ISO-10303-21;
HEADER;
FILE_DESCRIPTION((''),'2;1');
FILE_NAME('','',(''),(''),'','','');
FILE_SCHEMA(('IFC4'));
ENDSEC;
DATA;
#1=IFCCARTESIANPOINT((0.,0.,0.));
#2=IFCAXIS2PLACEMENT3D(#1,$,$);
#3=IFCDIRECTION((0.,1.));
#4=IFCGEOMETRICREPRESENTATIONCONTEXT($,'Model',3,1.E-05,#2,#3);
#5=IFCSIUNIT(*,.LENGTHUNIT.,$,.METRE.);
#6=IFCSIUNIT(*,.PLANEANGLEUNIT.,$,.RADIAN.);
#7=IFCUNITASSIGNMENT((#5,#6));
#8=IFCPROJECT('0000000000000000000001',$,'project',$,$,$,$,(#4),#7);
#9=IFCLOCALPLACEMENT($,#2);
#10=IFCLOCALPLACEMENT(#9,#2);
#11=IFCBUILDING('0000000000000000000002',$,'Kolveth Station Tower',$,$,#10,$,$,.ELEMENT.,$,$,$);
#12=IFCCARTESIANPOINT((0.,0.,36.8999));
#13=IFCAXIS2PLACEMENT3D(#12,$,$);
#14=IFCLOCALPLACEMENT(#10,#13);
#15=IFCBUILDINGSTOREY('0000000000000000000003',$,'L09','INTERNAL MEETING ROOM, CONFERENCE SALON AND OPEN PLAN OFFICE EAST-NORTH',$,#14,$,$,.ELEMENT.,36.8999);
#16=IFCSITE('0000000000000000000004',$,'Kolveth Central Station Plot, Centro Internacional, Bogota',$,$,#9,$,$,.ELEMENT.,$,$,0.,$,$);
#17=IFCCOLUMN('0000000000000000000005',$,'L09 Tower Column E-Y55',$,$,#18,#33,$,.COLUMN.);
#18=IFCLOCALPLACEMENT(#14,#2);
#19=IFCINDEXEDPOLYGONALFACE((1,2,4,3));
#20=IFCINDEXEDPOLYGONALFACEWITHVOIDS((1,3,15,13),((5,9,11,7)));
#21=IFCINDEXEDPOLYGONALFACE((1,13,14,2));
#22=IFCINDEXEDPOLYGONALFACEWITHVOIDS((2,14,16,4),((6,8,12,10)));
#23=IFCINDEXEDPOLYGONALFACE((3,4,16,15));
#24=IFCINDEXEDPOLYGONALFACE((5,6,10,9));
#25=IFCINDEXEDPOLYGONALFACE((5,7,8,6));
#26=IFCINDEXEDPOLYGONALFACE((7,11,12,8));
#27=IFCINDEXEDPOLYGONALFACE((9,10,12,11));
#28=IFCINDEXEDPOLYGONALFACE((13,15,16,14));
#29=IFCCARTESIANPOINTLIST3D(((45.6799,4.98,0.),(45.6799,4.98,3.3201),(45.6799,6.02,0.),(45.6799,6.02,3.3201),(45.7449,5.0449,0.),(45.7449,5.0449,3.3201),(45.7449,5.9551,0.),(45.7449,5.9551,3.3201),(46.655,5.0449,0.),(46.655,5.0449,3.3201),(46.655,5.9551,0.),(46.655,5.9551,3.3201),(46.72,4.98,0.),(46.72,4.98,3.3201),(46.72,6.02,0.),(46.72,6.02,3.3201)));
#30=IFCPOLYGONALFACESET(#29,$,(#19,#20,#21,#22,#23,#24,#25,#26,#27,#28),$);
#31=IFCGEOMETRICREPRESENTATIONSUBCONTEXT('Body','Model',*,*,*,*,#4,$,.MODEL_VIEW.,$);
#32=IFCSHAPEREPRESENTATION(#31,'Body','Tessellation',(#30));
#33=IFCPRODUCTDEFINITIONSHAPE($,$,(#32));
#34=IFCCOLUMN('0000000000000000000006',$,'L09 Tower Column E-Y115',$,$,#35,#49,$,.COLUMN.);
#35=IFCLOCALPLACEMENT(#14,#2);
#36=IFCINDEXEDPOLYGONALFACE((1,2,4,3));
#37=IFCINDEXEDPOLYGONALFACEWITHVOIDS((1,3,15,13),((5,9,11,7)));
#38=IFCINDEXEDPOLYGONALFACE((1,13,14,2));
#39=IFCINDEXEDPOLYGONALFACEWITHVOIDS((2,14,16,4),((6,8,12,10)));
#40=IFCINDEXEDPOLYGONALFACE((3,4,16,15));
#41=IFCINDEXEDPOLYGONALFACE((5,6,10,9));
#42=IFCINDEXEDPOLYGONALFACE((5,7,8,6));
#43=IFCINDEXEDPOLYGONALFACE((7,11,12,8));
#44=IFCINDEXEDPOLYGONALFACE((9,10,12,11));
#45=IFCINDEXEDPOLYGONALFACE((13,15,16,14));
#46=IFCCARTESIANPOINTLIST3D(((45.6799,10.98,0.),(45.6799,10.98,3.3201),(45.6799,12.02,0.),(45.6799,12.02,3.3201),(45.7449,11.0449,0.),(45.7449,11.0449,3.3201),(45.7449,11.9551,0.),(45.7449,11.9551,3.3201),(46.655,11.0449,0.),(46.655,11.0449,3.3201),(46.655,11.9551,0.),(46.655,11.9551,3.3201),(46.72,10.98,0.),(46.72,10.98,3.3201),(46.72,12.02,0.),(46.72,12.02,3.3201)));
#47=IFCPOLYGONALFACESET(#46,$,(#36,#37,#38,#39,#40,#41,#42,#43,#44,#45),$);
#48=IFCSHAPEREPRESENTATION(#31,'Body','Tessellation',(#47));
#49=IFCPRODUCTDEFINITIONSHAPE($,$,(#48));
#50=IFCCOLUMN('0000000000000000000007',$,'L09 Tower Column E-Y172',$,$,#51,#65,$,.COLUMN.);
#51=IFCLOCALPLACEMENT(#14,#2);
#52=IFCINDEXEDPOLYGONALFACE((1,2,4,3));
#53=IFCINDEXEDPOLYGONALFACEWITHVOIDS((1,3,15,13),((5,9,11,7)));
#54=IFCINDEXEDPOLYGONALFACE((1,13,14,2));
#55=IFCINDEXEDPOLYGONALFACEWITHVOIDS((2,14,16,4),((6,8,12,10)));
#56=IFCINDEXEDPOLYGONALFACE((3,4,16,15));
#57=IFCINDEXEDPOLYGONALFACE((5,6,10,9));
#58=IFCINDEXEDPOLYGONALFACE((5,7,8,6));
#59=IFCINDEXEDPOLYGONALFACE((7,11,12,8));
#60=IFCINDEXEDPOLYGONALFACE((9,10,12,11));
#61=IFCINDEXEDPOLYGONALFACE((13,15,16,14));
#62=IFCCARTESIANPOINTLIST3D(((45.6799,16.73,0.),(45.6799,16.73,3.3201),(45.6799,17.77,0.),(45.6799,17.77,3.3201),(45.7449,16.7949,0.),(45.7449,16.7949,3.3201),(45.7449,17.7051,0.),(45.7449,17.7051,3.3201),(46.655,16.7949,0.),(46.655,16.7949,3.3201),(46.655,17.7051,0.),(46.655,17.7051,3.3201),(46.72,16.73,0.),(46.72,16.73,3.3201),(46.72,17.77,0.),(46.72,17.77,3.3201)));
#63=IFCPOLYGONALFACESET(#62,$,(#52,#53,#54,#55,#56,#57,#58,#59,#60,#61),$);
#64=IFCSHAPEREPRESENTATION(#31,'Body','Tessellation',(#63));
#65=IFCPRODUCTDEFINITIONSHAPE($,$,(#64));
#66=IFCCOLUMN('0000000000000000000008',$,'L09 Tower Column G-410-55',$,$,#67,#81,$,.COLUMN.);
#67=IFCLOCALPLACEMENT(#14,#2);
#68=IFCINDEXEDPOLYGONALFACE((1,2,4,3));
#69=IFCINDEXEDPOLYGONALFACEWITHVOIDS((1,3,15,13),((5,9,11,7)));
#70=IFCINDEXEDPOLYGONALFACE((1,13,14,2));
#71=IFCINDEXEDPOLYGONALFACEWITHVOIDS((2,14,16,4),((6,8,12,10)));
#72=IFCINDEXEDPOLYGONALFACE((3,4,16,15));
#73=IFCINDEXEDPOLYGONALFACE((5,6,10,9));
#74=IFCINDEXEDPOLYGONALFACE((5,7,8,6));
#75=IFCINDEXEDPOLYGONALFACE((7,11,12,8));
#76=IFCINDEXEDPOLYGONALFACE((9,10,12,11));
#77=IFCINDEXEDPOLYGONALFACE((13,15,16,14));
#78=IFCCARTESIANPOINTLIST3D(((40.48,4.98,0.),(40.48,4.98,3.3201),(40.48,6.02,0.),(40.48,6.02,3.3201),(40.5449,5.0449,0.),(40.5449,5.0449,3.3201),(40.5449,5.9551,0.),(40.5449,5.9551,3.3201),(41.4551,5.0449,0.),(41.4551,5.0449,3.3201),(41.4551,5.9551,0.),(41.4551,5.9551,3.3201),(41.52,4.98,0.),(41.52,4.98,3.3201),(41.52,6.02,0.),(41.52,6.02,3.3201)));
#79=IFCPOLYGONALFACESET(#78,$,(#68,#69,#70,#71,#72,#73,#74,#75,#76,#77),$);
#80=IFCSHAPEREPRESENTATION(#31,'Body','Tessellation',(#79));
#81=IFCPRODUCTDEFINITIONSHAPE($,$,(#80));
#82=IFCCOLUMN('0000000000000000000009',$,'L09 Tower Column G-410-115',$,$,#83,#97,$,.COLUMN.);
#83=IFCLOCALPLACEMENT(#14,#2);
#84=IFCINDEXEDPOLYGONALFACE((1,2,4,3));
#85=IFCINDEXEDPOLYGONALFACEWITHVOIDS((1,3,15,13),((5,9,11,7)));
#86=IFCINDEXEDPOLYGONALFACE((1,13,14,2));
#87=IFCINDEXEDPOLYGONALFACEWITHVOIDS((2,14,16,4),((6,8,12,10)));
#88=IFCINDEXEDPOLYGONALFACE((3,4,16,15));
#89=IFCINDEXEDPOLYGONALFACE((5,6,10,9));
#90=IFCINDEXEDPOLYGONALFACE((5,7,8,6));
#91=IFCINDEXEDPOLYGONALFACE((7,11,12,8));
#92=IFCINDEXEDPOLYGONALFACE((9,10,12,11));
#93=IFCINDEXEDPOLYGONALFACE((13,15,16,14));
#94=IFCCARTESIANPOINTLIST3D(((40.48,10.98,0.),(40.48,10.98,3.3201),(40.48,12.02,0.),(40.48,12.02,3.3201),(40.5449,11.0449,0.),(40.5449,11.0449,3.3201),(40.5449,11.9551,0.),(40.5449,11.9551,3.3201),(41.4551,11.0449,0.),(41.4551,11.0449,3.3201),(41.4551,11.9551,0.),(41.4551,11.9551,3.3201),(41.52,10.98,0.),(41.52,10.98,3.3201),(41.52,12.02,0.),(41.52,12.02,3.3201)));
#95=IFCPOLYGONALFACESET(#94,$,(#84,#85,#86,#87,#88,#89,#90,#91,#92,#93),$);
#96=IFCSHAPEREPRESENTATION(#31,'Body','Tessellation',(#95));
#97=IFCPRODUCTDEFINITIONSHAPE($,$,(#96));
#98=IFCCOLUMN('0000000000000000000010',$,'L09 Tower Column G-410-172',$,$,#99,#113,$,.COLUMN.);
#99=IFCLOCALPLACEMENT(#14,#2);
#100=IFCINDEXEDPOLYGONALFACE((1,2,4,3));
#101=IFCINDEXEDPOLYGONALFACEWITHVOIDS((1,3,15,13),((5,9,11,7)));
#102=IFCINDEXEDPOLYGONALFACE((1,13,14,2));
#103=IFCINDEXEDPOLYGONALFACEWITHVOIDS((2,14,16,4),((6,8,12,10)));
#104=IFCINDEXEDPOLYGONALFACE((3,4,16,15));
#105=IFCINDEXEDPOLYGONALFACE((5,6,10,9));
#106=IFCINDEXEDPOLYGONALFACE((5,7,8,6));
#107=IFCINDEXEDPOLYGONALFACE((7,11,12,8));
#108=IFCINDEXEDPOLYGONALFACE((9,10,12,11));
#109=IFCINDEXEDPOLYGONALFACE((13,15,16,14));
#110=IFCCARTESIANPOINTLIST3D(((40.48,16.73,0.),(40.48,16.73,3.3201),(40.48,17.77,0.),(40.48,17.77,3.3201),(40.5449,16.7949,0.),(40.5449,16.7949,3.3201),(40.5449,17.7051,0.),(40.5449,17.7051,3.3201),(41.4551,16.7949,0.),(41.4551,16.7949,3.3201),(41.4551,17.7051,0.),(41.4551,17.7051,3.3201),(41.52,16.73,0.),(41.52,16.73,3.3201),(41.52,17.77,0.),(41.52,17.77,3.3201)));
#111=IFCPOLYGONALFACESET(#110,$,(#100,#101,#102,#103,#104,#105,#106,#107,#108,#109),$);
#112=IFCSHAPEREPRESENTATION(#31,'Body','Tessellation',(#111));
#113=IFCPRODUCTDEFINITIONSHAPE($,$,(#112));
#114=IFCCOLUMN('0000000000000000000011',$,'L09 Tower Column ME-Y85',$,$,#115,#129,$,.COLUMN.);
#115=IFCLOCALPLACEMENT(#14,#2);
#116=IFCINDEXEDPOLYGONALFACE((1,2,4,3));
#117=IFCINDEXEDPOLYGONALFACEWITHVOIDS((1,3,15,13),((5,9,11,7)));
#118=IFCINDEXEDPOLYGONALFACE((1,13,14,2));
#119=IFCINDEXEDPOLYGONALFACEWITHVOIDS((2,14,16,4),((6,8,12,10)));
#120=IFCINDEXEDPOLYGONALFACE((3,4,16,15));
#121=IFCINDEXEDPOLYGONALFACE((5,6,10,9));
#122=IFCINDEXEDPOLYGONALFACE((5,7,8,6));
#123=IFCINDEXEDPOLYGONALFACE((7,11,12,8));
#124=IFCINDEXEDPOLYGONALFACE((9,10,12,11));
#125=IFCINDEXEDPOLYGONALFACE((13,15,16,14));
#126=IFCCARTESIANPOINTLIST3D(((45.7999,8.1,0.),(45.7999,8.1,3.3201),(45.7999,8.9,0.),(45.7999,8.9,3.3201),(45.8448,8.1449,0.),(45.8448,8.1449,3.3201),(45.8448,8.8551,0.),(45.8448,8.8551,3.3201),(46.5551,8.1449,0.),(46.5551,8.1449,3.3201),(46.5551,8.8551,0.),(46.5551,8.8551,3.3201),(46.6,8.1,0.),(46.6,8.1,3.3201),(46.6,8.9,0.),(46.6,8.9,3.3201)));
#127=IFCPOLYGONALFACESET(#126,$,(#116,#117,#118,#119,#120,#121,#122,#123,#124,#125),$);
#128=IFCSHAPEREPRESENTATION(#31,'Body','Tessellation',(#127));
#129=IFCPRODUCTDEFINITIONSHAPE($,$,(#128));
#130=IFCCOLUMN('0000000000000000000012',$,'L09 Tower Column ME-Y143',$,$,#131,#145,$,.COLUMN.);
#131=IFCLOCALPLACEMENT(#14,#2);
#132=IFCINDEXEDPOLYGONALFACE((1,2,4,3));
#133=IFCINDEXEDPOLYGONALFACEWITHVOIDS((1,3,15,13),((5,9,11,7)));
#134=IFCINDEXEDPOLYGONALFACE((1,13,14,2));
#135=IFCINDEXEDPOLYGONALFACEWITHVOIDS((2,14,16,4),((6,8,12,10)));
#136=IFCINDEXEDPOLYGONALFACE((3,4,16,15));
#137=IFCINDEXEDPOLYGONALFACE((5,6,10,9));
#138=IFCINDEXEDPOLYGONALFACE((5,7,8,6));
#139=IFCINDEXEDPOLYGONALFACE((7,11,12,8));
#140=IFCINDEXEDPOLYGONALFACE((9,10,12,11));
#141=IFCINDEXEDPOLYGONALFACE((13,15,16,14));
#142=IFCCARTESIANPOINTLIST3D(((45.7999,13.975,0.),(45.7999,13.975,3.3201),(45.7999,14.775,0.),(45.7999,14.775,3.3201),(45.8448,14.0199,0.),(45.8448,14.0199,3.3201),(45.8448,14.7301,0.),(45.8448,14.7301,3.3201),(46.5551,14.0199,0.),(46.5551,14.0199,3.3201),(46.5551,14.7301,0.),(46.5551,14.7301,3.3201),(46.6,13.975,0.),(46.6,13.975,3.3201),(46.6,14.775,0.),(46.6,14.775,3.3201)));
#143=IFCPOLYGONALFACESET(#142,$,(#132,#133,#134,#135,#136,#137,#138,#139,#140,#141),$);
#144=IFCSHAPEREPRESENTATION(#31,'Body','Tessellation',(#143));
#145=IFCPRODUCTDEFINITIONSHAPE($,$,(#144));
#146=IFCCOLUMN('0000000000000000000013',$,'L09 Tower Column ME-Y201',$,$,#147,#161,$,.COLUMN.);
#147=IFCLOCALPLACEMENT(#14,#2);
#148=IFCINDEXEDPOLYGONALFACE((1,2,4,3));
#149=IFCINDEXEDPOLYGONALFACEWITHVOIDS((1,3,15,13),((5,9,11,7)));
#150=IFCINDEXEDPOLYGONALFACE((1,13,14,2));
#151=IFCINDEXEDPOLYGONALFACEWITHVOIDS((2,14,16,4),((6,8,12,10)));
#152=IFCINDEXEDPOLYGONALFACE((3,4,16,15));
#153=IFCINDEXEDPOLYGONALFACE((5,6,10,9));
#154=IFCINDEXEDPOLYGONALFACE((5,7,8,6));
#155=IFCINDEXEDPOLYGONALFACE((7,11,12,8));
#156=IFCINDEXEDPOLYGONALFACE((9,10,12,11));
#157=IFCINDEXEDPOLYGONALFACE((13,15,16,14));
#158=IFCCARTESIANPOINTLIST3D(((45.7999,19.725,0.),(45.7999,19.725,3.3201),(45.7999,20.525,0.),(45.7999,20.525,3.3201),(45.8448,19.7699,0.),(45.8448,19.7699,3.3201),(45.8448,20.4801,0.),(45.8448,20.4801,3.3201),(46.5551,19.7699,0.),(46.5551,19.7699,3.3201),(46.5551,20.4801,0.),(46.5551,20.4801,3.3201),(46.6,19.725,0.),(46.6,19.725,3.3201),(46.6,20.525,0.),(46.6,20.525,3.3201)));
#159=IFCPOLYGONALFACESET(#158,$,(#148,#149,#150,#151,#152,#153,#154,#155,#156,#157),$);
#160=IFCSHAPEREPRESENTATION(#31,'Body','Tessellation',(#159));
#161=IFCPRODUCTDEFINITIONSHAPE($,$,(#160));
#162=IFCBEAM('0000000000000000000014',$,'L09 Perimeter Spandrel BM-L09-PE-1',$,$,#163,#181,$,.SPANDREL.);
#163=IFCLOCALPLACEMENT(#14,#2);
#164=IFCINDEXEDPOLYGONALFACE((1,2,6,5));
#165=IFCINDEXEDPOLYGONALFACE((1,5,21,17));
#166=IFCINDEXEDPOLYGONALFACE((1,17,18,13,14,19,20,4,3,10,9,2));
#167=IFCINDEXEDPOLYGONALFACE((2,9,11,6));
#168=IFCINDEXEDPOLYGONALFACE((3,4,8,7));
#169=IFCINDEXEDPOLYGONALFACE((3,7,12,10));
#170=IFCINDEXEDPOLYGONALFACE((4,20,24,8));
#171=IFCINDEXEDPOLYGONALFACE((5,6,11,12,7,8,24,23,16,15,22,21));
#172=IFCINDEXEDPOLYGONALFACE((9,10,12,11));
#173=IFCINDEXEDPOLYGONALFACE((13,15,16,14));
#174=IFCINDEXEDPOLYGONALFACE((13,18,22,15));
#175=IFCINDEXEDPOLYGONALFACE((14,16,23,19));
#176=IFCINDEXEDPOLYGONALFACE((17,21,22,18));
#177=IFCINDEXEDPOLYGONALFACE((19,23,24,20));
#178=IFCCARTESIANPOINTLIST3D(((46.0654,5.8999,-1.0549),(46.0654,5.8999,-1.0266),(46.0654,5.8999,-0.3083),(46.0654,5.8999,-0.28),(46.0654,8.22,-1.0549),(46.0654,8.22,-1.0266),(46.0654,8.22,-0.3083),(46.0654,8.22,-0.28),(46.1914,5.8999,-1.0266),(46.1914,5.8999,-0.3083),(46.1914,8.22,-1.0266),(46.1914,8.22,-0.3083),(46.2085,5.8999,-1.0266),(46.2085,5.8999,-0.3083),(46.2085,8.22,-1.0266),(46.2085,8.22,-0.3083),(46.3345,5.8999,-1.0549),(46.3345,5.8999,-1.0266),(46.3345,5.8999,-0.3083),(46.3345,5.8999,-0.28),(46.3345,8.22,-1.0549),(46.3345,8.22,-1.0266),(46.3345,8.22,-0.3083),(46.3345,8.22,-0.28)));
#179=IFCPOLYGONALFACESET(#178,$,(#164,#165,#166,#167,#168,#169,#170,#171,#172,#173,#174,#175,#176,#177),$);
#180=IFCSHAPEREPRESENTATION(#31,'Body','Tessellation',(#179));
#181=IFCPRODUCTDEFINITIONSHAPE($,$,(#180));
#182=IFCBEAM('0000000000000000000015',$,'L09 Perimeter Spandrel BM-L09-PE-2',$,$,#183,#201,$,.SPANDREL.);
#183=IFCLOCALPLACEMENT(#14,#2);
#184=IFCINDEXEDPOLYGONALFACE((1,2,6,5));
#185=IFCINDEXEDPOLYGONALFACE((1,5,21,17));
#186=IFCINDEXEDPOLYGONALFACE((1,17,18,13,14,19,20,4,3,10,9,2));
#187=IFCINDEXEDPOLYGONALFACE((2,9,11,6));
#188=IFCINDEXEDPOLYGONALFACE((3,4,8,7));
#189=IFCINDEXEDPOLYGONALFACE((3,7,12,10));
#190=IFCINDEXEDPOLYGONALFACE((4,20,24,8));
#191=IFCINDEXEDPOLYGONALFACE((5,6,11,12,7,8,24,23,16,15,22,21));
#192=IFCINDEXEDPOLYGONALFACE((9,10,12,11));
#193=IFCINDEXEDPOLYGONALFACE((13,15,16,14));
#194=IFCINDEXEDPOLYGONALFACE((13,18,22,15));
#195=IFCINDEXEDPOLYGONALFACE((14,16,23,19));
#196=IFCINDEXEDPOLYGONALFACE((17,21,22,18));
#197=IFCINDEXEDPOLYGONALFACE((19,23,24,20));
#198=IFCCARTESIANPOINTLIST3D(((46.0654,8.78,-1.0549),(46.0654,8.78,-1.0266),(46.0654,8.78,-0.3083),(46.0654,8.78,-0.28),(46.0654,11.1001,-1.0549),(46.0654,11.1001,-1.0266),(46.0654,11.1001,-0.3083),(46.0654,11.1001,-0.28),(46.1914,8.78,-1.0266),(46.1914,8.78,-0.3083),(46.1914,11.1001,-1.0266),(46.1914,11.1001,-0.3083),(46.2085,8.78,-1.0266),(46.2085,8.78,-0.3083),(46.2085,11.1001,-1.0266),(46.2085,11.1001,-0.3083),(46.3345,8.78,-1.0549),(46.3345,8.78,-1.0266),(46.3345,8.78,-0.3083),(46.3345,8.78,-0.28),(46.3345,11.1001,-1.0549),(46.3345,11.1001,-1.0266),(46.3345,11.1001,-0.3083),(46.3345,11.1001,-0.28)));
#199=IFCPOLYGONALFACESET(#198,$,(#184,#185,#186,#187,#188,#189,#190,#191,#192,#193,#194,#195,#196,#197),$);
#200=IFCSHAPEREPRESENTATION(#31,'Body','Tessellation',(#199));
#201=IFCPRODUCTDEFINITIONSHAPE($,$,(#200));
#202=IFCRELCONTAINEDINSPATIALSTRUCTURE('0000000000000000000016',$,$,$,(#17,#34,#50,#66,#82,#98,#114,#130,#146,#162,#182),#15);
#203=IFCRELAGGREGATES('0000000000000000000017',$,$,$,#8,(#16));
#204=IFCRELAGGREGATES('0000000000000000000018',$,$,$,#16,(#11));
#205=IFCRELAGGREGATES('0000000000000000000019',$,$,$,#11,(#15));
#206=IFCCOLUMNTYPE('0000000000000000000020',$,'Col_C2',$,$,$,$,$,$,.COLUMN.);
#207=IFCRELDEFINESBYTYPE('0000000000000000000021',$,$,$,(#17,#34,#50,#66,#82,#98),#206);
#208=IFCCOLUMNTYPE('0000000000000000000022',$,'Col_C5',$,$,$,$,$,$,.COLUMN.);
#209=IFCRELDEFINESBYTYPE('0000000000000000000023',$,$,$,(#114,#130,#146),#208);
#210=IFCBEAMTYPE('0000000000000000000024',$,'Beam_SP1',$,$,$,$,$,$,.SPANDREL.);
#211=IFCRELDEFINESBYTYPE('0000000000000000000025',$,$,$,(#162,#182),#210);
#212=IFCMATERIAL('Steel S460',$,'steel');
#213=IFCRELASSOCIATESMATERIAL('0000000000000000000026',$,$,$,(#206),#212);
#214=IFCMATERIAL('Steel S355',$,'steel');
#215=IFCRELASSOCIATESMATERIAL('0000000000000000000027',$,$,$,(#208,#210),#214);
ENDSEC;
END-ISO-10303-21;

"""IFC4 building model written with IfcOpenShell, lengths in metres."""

from ifc_helpers import new_model, si_unit, direction, frame, origin, origin_2d, place, context, subcontext, project, spatial, hollow_rectangle, i_section, extrude, source, transform, mapped, material, material_profile, profile_set, type_object, element, save


model = new_model("IFC4")

# Units and contexts
model_context = context("Model", 3, precision=1e-05, world=origin(), true_north=direction((0.0, 1.0)))
body_context = subcontext(model_context, "Body", "Model", "MODEL_VIEW")
ifc_project = project(units=[si_unit("LENGTHUNIT", "METRE"), si_unit("PLANEANGLEUNIT", "RADIAN")], contexts=[model_context])

# Site, building, storey
site_placement = place(None, origin())
site = spatial("IfcSite", under=ifc_project, at=site_placement, Name="Kolveth Central Station Plot, Centro Internacional, Bogota", CompositionType="ELEMENT", RefElevation=0.0)
building_placement = place(site_placement, origin())
building = spatial("IfcBuilding", under=site, at=building_placement, Name="Kolveth Station Tower", CompositionType="ELEMENT")
storey_placement = place(building_placement, frame((0.0, 0.0, 36.8999)))
storey = spatial("IfcBuildingStorey", under=building, at=storey_placement, Name="L09", Description="INTERNAL MEETING ROOM, CONFERENCE SALON AND OPEN PLAN OFFICE EAST-NORTH", CompositionType="ELEMENT", Elevation=36.8999)

# Columns
ifc_material_1 = material(Name="Steel S460", Category="steel")
ifc_material_profile_1 = material_profile(ifc_material_1, hollow_rectangle(XDim=1.04, YDim=1.04, WallThickness=0.0649, at=origin_2d()), Name="BOX1040x1040x65")
ifc_profile_set_1 = profile_set([ifc_material_profile_1], Name="Steel S460")
column_type_1 = type_object("IfcColumnType", Name="Col_C2", PredefinedType="COLUMN", material=ifc_profile_set_1)
shared_shape_1 = source(origin(), body_context, "Body", "SweptSolid", [
    extrude(hollow_rectangle(XDim=1.04, YDim=1.04, WallThickness=0.0649, at=origin_2d()), origin(), (0.0, 0.0, 1.0), 3.3201),
])
for number, where, z_axis, x_axis, name in (
    (1, (46.2, 5.5, 0.0), (0.0, 0.0, 1.0), (1.0, 0.0, 0.0), "L09 Tower Column E-Y55"),
    (2, (46.2, 11.5, 0.0), (0.0, 0.0, 1.0), (1.0, 0.0, 0.0), "L09 Tower Column E-Y115"),
    (3, (46.2, 17.25, 0.0), (0.0, 0.0, 1.0), (1.0, 0.0, 0.0), "L09 Tower Column E-Y172"),
    (4, (41.0, 5.5, 0.0), (0.0, 0.0, 1.0), (1.0, 0.0, 0.0), "L09 Tower Column G-410-55"),
    (5, (41.0, 11.5, 0.0), (0.0, 0.0, 1.0), (1.0, 0.0, 0.0), "L09 Tower Column G-410-115"),
    (6, (41.0, 17.25, 0.0), (0.0, 0.0, 1.0), (1.0, 0.0, 0.0), "L09 Tower Column G-410-172"),
):
    element("IfcColumn", number, at=place(storey_placement, frame(where, z_axis=z_axis, x_axis=x_axis)), inside=storey, type_object=column_type_1, Name=name, PredefinedType="COLUMN", context=body_context, shape_type="MappedRepresentation", body=[
        mapped(shared_shape_1, transform((0.0, 0.0, 0.0), x_axis=(1.0, 0.0, 0.0), y_axis=(0.0, 1.0, 0.0), z_axis=(0.0, 0.0, 1.0), scale=1.0)),
    ])
ifc_material_2 = material(Name="Steel S355", Category="steel")
ifc_material_profile_2 = material_profile(ifc_material_2, hollow_rectangle(XDim=0.8, YDim=0.8, WallThickness=0.0449, at=origin_2d()), Name="BOX800x800x45")
ifc_profile_set_2 = profile_set([ifc_material_profile_2], Name="Steel S355")
column_type_2 = type_object("IfcColumnType", Name="Col_C5", PredefinedType="COLUMN", material=ifc_profile_set_2)
shared_shape_2 = source(origin(), body_context, "Body", "SweptSolid", [
    extrude(hollow_rectangle(XDim=0.8, YDim=0.8, WallThickness=0.0449, at=origin_2d()), origin(), (0.0, 0.0, 1.0), 3.3201),
])
for number, where, z_axis, x_axis, name in (
    (7, (46.2, 8.5, 0.0), (0.0, 0.0, 1.0), (1.0, 0.0, 0.0), "L09 Tower Column ME-Y85"),
    (8, (46.2, 14.375, 0.0), (0.0, 0.0, 1.0), (1.0, 0.0, 0.0), "L09 Tower Column ME-Y143"),
    (9, (46.2, 20.125, 0.0), (0.0, 0.0, 1.0), (1.0, 0.0, 0.0), "L09 Tower Column ME-Y201"),
):
    element("IfcColumn", number, at=place(storey_placement, frame(where, z_axis=z_axis, x_axis=x_axis)), inside=storey, type_object=column_type_2, Name=name, PredefinedType="COLUMN", context=body_context, shape_type="MappedRepresentation", body=[
        mapped(shared_shape_2, transform((0.0, 0.0, 0.0), x_axis=(1.0, 0.0, 0.0), y_axis=(0.0, 1.0, 0.0), z_axis=(0.0, 0.0, 1.0), scale=1.0)),
    ])

# Beams
ifc_material_profile_3 = material_profile(ifc_material_2, i_section(OverallWidth=0.269, OverallDepth=0.7749, WebThickness=0.0171, FlangeThickness=0.0283, at=origin_2d()), Name="W760x220")
ifc_profile_set_3 = profile_set([ifc_material_profile_3], Name="Steel S355")
beam_type_1 = type_object("IfcBeamType", Name="Beam_SP1", PredefinedType="SPANDREL", material=ifc_profile_set_3)
shared_shape_3 = source(origin(), body_context, "Body", "SweptSolid", [
    extrude(i_section(OverallWidth=0.269, OverallDepth=0.7749, WebThickness=0.0171, FlangeThickness=0.0283, at=origin_2d()), origin(), (0.0, 0.0, 1.0), 2.3201),
])
for number, where, z_axis, x_axis, name in (
    (10, (46.2, 5.8999, -0.6675), (0.0, 1.0, 0.0), (-1.0, 0.0, 0.0), "L09 Perimeter Spandrel BM-L09-PE-1"),
    (11, (46.2, 8.78, -0.6675), (0.0, 1.0, 0.0), (-1.0, 0.0, 0.0), "L09 Perimeter Spandrel BM-L09-PE-2"),
):
    element("IfcBeam", number, at=place(storey_placement, frame(where, z_axis=z_axis, x_axis=x_axis)), inside=storey, type_object=beam_type_1, Name=name, PredefinedType="SPANDREL", context=body_context, shape_type="MappedRepresentation", body=[
        mapped(shared_shape_3, transform((0.0, 0.0, 0.0), x_axis=(1.0, 0.0, 0.0), y_axis=(0.0, 1.0, 0.0), z_axis=(0.0, 0.0, 1.0), scale=1.0)),
    ])

save(model, "model.ifc")
